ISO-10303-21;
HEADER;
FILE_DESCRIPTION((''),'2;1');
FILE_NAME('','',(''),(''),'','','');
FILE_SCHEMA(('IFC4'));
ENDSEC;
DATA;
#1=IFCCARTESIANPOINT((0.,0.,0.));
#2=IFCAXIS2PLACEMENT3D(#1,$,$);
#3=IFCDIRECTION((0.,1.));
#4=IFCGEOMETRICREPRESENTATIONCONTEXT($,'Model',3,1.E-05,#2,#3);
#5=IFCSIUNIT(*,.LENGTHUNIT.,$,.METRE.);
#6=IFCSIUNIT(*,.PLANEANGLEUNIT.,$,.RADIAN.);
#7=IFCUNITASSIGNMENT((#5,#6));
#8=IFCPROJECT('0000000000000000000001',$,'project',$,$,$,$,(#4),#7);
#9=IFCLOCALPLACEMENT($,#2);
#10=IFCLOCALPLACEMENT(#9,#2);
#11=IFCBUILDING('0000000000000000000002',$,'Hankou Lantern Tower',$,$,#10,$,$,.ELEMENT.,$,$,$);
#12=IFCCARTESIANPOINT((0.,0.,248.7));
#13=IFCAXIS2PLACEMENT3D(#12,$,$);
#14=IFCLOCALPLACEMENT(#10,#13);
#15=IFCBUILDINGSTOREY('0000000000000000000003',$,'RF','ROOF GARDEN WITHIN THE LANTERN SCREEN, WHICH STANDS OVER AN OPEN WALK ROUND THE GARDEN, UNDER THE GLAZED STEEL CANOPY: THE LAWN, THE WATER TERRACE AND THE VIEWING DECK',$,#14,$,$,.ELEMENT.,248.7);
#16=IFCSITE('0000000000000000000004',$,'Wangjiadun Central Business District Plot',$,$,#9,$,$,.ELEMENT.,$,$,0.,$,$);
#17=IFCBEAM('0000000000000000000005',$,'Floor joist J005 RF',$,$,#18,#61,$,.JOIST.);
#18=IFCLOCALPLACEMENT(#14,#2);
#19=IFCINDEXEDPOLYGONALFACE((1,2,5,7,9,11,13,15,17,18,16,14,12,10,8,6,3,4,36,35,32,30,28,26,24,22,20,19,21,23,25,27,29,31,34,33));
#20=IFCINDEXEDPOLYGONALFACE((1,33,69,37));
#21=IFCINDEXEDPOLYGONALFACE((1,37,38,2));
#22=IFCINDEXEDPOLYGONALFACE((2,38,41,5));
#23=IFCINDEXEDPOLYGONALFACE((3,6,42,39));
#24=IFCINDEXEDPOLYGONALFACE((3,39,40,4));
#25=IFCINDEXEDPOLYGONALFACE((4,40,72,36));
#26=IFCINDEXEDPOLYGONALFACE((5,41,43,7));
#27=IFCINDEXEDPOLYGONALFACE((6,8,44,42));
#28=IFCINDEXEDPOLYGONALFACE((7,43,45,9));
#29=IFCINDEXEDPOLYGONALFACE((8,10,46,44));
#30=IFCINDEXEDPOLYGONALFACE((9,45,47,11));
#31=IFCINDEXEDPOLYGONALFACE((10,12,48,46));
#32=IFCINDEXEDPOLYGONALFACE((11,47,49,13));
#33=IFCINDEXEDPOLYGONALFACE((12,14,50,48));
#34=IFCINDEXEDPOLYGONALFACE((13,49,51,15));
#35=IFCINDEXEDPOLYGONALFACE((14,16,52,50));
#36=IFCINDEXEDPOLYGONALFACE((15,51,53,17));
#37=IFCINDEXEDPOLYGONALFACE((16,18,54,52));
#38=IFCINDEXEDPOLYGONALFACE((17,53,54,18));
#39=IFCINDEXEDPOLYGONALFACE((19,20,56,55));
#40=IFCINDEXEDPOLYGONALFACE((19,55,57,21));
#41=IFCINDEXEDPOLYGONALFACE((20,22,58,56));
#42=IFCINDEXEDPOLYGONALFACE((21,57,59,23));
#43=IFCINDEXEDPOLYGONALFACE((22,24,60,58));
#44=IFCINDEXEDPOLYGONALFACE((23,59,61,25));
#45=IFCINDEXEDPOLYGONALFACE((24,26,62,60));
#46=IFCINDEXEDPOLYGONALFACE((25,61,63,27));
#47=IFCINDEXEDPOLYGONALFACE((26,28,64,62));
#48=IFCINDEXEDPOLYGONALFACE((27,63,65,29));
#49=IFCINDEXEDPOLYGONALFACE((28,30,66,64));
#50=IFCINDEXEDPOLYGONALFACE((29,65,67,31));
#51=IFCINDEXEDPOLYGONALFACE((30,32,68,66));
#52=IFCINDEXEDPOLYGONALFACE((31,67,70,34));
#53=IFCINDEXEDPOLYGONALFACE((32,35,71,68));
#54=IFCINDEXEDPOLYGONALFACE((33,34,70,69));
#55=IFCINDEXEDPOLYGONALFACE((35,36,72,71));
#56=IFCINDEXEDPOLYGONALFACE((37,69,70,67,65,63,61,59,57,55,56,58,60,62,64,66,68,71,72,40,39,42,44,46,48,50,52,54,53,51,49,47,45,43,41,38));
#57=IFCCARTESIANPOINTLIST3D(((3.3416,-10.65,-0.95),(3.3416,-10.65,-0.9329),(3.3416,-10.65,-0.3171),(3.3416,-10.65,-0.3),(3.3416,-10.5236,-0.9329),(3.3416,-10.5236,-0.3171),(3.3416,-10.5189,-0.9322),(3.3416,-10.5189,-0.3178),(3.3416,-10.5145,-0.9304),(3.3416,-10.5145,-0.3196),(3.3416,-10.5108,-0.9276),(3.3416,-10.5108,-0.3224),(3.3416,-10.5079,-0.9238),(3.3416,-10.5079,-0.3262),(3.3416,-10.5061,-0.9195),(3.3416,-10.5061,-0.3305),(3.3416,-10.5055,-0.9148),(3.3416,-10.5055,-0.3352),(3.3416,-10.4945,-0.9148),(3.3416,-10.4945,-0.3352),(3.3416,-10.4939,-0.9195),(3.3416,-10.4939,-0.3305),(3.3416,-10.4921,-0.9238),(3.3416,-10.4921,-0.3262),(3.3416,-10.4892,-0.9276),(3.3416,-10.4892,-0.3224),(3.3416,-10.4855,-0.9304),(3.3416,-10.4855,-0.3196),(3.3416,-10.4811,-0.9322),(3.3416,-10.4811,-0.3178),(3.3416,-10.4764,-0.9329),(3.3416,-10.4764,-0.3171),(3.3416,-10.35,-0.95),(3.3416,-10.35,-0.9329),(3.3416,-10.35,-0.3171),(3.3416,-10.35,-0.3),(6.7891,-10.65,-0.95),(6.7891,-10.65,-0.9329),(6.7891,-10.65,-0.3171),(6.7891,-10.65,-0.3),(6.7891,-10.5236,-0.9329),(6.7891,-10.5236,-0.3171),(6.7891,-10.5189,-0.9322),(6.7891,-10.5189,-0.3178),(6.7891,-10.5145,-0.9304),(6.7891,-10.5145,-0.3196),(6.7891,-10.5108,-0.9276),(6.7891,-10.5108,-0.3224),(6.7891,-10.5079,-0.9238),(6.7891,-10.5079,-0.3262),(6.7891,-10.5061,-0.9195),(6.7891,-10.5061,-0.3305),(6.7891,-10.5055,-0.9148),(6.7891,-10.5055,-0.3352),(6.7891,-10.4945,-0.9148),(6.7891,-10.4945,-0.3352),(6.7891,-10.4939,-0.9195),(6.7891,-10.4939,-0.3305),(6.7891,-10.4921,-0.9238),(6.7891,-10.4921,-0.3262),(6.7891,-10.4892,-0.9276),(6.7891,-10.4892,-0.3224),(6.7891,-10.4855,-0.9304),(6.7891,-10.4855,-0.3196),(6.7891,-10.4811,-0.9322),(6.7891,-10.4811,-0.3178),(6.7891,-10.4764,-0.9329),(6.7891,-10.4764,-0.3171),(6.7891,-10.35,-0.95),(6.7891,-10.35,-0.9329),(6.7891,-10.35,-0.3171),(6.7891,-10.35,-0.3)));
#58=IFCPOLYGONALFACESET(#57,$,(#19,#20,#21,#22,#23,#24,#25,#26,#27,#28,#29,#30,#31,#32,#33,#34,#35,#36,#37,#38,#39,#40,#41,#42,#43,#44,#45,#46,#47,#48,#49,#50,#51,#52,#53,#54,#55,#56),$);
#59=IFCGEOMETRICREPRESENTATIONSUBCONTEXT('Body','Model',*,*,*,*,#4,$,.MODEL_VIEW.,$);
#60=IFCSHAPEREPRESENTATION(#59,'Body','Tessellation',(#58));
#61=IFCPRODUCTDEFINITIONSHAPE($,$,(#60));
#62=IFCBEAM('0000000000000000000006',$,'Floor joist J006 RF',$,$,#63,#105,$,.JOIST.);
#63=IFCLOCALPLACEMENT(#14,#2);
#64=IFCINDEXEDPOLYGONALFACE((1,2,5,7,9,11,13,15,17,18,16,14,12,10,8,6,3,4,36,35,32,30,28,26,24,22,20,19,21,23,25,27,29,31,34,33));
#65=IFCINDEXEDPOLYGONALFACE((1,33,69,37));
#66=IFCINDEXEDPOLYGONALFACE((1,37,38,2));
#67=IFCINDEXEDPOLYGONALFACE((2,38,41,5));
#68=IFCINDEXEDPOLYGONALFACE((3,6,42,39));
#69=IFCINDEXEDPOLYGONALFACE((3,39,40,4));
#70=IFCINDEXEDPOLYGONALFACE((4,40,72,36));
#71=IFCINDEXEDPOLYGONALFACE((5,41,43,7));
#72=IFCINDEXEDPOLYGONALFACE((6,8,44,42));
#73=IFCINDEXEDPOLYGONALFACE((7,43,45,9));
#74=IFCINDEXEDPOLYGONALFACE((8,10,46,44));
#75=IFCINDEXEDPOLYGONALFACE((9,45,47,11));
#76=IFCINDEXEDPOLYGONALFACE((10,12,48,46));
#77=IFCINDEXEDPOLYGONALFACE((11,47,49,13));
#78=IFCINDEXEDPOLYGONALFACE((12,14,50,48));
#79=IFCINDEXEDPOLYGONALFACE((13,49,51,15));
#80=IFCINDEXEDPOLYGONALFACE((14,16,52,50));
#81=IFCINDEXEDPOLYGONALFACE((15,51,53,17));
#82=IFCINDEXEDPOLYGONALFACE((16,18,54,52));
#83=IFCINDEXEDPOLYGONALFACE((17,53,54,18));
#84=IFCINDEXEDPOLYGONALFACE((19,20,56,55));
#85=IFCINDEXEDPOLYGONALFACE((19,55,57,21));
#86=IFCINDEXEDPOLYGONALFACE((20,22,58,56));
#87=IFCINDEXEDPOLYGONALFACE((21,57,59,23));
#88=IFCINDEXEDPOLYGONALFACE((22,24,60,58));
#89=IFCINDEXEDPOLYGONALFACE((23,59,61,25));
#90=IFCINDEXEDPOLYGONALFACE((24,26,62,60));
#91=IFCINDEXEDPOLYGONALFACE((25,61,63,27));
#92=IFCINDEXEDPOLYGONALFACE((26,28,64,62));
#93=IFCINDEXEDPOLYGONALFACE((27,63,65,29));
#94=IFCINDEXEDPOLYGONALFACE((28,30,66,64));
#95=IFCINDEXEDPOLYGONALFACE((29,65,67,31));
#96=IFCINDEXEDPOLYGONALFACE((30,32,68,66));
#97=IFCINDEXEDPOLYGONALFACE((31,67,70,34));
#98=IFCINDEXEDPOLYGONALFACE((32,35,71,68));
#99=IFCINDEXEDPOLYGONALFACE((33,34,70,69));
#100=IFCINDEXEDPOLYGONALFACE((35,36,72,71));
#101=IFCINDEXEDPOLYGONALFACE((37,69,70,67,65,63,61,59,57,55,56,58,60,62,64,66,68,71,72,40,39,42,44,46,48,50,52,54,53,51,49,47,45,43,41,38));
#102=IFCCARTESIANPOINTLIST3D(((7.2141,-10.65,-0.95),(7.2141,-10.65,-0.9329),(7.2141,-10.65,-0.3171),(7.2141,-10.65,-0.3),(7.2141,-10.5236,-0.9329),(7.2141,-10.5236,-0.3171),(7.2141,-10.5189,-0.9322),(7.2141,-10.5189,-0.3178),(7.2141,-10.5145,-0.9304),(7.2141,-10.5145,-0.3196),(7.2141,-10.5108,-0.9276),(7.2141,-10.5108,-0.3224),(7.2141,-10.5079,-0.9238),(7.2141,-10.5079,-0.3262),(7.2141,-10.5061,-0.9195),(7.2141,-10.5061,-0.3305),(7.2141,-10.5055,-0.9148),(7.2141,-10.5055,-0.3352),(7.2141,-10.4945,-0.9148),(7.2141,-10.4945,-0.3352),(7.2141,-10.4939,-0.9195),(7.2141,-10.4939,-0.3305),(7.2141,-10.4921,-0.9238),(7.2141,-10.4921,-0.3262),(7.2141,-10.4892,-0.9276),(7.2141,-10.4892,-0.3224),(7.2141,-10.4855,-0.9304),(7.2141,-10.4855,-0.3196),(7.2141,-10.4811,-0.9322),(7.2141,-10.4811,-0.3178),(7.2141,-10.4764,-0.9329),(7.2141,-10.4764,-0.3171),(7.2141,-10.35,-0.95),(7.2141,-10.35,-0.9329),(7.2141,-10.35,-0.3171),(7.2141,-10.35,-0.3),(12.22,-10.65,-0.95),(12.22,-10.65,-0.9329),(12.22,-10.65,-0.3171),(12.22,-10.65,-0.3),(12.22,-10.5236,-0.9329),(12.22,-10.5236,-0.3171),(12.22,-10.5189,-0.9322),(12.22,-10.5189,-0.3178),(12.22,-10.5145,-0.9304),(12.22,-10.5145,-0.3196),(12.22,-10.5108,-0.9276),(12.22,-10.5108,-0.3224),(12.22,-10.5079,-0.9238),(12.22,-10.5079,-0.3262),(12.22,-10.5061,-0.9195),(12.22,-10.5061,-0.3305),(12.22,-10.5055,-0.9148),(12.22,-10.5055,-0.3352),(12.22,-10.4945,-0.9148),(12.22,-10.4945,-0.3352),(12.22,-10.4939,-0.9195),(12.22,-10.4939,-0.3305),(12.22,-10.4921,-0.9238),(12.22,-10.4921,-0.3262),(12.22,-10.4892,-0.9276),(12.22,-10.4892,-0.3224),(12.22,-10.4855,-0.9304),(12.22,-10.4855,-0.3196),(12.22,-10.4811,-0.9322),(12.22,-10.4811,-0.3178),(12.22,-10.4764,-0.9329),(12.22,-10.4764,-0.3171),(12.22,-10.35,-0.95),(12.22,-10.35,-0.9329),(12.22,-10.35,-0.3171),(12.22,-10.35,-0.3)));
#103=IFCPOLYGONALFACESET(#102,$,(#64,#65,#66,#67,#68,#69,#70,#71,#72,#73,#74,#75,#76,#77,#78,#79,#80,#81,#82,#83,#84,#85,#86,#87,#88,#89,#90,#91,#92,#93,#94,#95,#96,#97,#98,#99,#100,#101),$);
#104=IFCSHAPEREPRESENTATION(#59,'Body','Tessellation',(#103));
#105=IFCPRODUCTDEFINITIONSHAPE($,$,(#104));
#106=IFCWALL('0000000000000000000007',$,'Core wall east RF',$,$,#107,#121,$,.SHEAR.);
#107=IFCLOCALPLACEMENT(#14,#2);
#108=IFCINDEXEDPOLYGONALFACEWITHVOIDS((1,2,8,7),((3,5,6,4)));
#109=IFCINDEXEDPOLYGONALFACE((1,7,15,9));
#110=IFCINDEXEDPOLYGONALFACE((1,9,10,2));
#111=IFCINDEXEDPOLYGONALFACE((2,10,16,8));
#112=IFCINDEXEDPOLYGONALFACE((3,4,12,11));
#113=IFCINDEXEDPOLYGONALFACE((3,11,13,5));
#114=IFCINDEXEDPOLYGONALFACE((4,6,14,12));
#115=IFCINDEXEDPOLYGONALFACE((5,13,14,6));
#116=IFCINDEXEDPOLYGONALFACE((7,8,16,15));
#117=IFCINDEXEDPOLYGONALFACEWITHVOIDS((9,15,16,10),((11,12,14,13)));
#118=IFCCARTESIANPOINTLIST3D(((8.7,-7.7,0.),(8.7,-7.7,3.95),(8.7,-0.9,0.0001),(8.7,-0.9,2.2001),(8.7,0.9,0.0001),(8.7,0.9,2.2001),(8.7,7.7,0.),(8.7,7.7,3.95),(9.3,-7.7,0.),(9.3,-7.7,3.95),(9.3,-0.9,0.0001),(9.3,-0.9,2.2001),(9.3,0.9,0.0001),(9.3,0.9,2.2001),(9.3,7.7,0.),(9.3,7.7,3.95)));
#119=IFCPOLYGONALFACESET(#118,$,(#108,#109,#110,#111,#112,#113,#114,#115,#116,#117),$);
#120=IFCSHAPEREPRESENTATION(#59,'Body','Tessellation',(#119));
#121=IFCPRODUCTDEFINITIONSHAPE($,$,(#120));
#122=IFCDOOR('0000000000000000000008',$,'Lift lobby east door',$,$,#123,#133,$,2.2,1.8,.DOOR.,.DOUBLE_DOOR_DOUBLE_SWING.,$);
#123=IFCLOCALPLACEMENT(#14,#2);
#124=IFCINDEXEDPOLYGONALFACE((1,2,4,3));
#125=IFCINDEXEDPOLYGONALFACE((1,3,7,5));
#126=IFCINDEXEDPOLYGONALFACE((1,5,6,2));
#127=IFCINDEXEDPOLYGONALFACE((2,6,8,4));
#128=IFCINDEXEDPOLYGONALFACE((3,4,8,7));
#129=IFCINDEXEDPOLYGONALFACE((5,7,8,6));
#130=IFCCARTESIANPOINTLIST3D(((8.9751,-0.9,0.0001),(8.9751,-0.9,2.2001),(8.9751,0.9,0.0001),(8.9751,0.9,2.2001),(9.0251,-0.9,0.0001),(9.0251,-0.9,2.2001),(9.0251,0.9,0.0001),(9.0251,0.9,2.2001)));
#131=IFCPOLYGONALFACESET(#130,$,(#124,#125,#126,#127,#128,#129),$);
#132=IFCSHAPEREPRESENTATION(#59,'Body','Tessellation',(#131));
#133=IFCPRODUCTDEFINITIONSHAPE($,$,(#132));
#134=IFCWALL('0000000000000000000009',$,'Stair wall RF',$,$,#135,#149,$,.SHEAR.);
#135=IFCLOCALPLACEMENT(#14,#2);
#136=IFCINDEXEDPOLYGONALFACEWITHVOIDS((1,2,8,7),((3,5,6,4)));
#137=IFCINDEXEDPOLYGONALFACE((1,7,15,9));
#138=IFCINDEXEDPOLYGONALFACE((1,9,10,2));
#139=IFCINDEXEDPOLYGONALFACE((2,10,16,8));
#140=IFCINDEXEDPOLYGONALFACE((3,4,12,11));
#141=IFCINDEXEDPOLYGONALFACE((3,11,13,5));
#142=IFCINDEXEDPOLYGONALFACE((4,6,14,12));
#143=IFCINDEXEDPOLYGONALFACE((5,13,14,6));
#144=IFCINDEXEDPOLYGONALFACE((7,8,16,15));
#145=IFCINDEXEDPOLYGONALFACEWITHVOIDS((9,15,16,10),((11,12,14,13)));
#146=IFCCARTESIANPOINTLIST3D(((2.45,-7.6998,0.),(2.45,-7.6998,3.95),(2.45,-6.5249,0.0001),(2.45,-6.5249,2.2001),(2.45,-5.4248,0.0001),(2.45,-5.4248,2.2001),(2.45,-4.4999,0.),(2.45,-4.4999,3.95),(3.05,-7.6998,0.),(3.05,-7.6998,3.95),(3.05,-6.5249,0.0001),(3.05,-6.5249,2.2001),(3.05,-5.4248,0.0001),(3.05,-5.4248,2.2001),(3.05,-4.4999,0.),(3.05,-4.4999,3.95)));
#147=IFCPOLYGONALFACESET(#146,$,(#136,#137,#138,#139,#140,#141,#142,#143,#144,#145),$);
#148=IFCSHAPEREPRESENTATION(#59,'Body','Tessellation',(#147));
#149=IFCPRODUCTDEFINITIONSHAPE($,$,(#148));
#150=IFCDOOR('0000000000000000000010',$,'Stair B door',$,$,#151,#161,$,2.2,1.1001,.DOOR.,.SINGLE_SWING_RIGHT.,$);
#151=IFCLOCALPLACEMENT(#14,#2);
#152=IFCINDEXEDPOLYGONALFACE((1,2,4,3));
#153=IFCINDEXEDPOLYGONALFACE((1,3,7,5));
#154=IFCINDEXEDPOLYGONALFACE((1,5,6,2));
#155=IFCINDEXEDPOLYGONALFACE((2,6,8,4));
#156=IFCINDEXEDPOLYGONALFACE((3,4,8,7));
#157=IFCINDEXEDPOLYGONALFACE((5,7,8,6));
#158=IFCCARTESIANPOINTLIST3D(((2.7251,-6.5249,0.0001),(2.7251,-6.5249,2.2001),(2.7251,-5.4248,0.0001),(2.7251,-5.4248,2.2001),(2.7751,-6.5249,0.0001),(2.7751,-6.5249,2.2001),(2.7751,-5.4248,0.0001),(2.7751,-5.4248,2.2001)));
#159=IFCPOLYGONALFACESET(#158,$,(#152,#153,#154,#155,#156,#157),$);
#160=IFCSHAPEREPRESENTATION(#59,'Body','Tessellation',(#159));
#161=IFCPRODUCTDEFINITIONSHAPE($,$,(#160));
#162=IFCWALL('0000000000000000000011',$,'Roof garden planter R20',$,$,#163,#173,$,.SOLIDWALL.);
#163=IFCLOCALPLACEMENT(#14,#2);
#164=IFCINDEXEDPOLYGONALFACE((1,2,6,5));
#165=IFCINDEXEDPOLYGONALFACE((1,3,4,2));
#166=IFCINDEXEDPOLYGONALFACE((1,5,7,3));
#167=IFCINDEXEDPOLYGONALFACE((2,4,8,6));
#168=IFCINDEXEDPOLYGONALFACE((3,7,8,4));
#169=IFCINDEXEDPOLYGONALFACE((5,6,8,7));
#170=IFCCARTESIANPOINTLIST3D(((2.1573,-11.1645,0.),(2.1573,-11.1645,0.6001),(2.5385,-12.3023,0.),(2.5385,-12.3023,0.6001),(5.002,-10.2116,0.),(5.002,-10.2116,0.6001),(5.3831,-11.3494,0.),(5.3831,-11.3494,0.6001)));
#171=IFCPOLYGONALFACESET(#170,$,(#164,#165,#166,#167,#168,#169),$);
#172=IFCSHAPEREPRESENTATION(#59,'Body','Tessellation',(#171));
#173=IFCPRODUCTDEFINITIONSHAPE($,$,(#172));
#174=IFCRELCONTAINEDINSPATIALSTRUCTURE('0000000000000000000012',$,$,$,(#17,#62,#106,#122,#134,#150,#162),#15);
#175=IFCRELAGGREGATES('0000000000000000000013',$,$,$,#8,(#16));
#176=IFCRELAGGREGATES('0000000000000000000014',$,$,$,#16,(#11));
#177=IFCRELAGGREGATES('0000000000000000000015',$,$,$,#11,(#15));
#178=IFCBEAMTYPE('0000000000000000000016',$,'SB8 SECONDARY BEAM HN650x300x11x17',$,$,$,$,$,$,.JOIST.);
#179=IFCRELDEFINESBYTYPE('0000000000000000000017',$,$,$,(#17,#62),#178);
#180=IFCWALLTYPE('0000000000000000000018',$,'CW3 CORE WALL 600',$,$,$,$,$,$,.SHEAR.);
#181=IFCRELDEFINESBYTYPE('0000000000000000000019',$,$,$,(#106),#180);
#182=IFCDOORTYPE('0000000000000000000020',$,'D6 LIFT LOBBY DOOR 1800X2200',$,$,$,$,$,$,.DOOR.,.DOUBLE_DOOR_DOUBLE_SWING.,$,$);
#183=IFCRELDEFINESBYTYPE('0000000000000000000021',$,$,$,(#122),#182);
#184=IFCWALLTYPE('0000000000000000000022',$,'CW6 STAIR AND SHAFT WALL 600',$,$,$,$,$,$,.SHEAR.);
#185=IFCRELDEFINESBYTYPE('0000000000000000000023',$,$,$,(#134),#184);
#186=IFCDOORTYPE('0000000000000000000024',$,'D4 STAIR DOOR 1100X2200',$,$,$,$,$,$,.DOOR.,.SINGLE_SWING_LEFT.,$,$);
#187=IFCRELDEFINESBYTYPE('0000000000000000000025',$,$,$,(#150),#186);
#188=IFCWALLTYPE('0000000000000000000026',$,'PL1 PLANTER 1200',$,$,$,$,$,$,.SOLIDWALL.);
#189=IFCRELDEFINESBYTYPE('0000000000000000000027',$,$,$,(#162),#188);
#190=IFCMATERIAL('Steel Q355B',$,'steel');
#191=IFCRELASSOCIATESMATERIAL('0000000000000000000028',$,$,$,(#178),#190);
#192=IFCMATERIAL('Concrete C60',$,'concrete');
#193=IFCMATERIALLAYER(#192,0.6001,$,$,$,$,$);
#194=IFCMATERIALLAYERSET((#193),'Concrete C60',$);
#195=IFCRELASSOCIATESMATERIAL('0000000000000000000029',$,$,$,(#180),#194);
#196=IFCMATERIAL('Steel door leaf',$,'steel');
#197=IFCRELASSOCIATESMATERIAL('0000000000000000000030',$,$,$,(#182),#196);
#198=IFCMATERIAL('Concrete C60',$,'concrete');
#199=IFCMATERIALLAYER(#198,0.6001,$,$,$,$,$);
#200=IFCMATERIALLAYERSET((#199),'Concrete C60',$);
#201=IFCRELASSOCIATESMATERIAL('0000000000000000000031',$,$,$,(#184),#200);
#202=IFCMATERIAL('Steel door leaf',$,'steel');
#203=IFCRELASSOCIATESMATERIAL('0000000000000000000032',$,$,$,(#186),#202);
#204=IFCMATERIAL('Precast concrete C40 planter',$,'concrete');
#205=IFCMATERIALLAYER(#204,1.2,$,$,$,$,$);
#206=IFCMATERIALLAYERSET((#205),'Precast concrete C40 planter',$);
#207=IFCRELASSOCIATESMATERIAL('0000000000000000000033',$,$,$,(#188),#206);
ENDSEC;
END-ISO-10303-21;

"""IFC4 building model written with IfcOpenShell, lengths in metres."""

from ifc_helpers import new_model, si_unit, direction, frame, frame_2d, origin, origin_2d, place, context, subcontext, project, spatial, rectangle, i_section, extrude, material, layer, layer_set, material_profile, profile_set, type_object, element, fill, save


model = new_model("IFC4")

# Units and contexts
model_context = context("Model", 3, precision=1e-05, world=origin(), true_north=direction((0.0, 1.0)))
body_context = subcontext(model_context, "Body", "Model", "MODEL_VIEW")
ifc_project = project(units=[si_unit("LENGTHUNIT", "METRE"), si_unit("PLANEANGLEUNIT", "RADIAN")], contexts=[model_context])

# Site, building, storey
site_placement = place(None, origin())
site = spatial("IfcSite", under=ifc_project, at=site_placement, Name="Wangjiadun Central Business District Plot", CompositionType="ELEMENT", RefElevation=0.0)
building_placement = place(site_placement, origin())
building = spatial("IfcBuilding", under=site, at=building_placement, Name="Hankou Lantern Tower", CompositionType="ELEMENT")
storey_placement = place(building_placement, frame((0.0, 0.0, 248.7)))
storey = spatial("IfcBuildingStorey", under=building, at=storey_placement, Name="RF", Description="ROOF GARDEN WITHIN THE LANTERN SCREEN, WHICH STANDS OVER AN OPEN WALK ROUND THE GARDEN, UNDER THE GLAZED STEEL CANOPY: THE LAWN, THE WATER TERRACE AND THE VIEWING DECK", CompositionType="ELEMENT", Elevation=248.7)

# Beams
ifc_material_1 = material(Name="Steel Q355B", Category="steel")
ifc_material_profile_1 = material_profile(ifc_material_1, i_section(OverallWidth=0.3, OverallDepth=0.6499, WebThickness=0.011, FlangeThickness=0.0171, FilletRadius=0.0181, at=origin_2d()), Name="HN650x300x11x17")
ifc_profile_set_1 = profile_set([ifc_material_profile_1], Name="Steel Q355B")
beam_type_1 = type_object("IfcBeamType", Name="SB8 SECONDARY BEAM HN650x300x11x17", PredefinedType="JOIST", material=ifc_profile_set_1)
beam_1_placement = place(storey_placement, frame((3.3416, -10.5, -0.625), z_axis=(1.0, 0.0, 0.0), x_axis=(0.0, 1.0, 0.0)))
element("IfcBeam", 1, at=beam_1_placement, inside=storey, type_object=beam_type_1, Name="Floor joist J005 RF", PredefinedType="JOIST", context=body_context, shape_type="SweptSolid", body=[
    extrude(i_section(OverallWidth=0.3, OverallDepth=0.6499, WebThickness=0.011, FlangeThickness=0.0171, FilletRadius=0.0181, at=origin_2d()), origin(), (0.0, 0.0, 1.0), 3.4475),
])
beam_2_placement = place(storey_placement, frame((7.2141, -10.5, -0.625), z_axis=(1.0, 0.0, 0.0), x_axis=(0.0, 1.0, 0.0)))
element("IfcBeam", 2, at=beam_2_placement, inside=storey, type_object=beam_type_1, Name="Floor joist J006 RF", PredefinedType="JOIST", context=body_context, shape_type="SweptSolid", body=[
    extrude(i_section(OverallWidth=0.3, OverallDepth=0.6499, WebThickness=0.011, FlangeThickness=0.0171, FilletRadius=0.0181, at=origin_2d()), origin(), (0.0, 0.0, 1.0), 5.0059),
])

# Walls, openings, doors
ifc_material_2 = material(Name="Concrete C60", Category="concrete")
ifc_layer_1 = layer(ifc_material_2, 0.6001)
ifc_layer_set_1 = layer_set([ifc_layer_1], Name="Concrete C60")
wall_type_1 = type_object("IfcWallType", Name="CW3 CORE WALL 600", PredefinedType="SHEAR", material=ifc_layer_set_1)
wall_1_placement = place(storey_placement, frame((9.0, -7.7, 0.0), z_axis=(0.0, 0.0, 1.0), x_axis=(0.0, 1.0, 0.0)))
wall_1 = element("IfcWall", 3, at=wall_1_placement, inside=storey, type_object=wall_type_1, Name="Core wall east RF", PredefinedType="SHEAR", context=body_context, shape_type="SweptSolid", body=[
    extrude(rectangle(XDim=15.3999, YDim=0.6001, at=frame_2d((7.7, 0.0))), origin(), (0.0, 0.0, 1.0), 3.95),
])
opening_1_placement = place(wall_1_placement, frame((6.8, 0.0, 0.0)))
opening_1 = element("IfcOpeningElement", 4, at=opening_1_placement, cuts=wall_1, PredefinedType="OPENING", context=body_context, shape_type="SweptSolid", body=[
    extrude(rectangle(XDim=1.8, YDim=2.2, at=frame_2d((0.8999, 1.1001))), frame((0.0, 0.3101, 0.0), z_axis=(0.0, -1.0, 0.0), x_axis=(1.0, 0.0, 0.0)), (0.0, 0.0, 1.0), 0.6201),
])
ifc_material_3 = material(Name="Steel door leaf", Category="steel")
door_type_1 = type_object("IfcDoorType", Name="D6 LIFT LOBBY DOOR 1800X2200", OperationType="DOUBLE_DOOR_DOUBLE_SWING", PredefinedType="DOOR", material=ifc_material_3)
door_1_placement = place(opening_1_placement, origin())
door_1 = element("IfcDoor", 5, at=door_1_placement, inside=storey, type_object=door_type_1, Name="Lift lobby east door", OperationType="DOUBLE_DOOR_DOUBLE_SWING", OverallHeight=2.2, OverallWidth=1.8, PredefinedType="DOOR", context=body_context, shape_type="SweptSolid", body=[
    extrude(rectangle(XDim=1.8, YDim=2.2, at=frame_2d((0.8999, 1.1001))), frame((0.0, 0.0249, 0.0), z_axis=(0.0, -1.0, 0.0), x_axis=(1.0, 0.0, 0.0)), (0.0, 0.0, 1.0), 0.05),
])
fill(opening_1, door_1)
ifc_material_4 = material(Name="Concrete C60", Category="concrete")
ifc_layer_2 = layer(ifc_material_4, 0.6001)
ifc_layer_set_2 = layer_set([ifc_layer_2], Name="Concrete C60")
wall_type_2 = type_object("IfcWallType", Name="CW6 STAIR AND SHAFT WALL 600", PredefinedType="SHEAR", material=ifc_layer_set_2)
wall_2_placement = place(storey_placement, frame((2.75, -7.7, 0.0), z_axis=(0.0, 0.0, 1.0), x_axis=(0.0, 1.0, 0.0)))
wall_2 = element("IfcWall", 6, at=wall_2_placement, inside=storey, type_object=wall_type_2, Name="Stair wall RF", PredefinedType="SHEAR", context=body_context, shape_type="SweptSolid", body=[
    extrude(rectangle(XDim=3.2, YDim=0.6001, at=frame_2d((1.6001, 0.0))), origin(), (0.0, 0.0, 1.0), 3.95),
])
opening_2_placement = place(wall_2_placement, frame((1.175, 0.0, 0.0)))
opening_2 = element("IfcOpeningElement", 7, at=opening_2_placement, cuts=wall_2, PredefinedType="OPENING", context=body_context, shape_type="SweptSolid", body=[
    extrude(rectangle(XDim=1.1001, YDim=2.2, at=frame_2d((0.55, 1.1001))), frame((0.0, 0.3101, 0.0), z_axis=(0.0, -1.0, 0.0), x_axis=(1.0, 0.0, 0.0)), (0.0, 0.0, 1.0), 0.6201),
])
ifc_material_5 = material(Name="Steel door leaf", Category="steel")
door_type_2 = type_object("IfcDoorType", Name="D4 STAIR DOOR 1100X2200", OperationType="SINGLE_SWING_LEFT", PredefinedType="DOOR", material=ifc_material_5)
door_2_placement = place(opening_2_placement, origin())
door_2 = element("IfcDoor", 8, at=door_2_placement, inside=storey, type_object=door_type_2, Name="Stair B door", OperationType="SINGLE_SWING_RIGHT", OverallHeight=2.2, OverallWidth=1.1001, PredefinedType="DOOR", context=body_context, shape_type="SweptSolid", body=[
    extrude(rectangle(XDim=1.1001, YDim=2.2, at=frame_2d((0.55, 1.1001))), frame((0.0, 0.0249, 0.0), z_axis=(0.0, -1.0, 0.0), x_axis=(1.0, 0.0, 0.0)), (0.0, 0.0, 1.0), 0.05),
])
fill(opening_2, door_2)

# Wall
ifc_material_6 = material(Name="Precast concrete C40 planter", Category="concrete")
ifc_layer_3 = layer(ifc_material_6, 1.2)
ifc_layer_set_3 = layer_set([ifc_layer_3], Name="Precast concrete C40 planter")
wall_type_3 = type_object("IfcWallType", Name="PL1 PLANTER 1200", PredefinedType="SOLIDWALL", material=ifc_layer_set_3)
wall_3_placement = place(storey_placement, frame((2.3479, -11.7334, 0.0), z_axis=(0.0, 0.0, 1.0), x_axis=(0.948218, 0.317619, 0.0)))
element("IfcWall", 9, at=wall_3_placement, inside=storey, type_object=wall_type_3, Name="Roof garden planter R20", PredefinedType="SOLIDWALL", context=body_context, shape_type="SweptSolid", body=[
    extrude(rectangle(XDim=3.0, YDim=1.2, at=frame_2d((1.5, 0.0))), origin(), (0.0, 0.0, 1.0), 0.6001),
])

save(model, "model.ifc")
